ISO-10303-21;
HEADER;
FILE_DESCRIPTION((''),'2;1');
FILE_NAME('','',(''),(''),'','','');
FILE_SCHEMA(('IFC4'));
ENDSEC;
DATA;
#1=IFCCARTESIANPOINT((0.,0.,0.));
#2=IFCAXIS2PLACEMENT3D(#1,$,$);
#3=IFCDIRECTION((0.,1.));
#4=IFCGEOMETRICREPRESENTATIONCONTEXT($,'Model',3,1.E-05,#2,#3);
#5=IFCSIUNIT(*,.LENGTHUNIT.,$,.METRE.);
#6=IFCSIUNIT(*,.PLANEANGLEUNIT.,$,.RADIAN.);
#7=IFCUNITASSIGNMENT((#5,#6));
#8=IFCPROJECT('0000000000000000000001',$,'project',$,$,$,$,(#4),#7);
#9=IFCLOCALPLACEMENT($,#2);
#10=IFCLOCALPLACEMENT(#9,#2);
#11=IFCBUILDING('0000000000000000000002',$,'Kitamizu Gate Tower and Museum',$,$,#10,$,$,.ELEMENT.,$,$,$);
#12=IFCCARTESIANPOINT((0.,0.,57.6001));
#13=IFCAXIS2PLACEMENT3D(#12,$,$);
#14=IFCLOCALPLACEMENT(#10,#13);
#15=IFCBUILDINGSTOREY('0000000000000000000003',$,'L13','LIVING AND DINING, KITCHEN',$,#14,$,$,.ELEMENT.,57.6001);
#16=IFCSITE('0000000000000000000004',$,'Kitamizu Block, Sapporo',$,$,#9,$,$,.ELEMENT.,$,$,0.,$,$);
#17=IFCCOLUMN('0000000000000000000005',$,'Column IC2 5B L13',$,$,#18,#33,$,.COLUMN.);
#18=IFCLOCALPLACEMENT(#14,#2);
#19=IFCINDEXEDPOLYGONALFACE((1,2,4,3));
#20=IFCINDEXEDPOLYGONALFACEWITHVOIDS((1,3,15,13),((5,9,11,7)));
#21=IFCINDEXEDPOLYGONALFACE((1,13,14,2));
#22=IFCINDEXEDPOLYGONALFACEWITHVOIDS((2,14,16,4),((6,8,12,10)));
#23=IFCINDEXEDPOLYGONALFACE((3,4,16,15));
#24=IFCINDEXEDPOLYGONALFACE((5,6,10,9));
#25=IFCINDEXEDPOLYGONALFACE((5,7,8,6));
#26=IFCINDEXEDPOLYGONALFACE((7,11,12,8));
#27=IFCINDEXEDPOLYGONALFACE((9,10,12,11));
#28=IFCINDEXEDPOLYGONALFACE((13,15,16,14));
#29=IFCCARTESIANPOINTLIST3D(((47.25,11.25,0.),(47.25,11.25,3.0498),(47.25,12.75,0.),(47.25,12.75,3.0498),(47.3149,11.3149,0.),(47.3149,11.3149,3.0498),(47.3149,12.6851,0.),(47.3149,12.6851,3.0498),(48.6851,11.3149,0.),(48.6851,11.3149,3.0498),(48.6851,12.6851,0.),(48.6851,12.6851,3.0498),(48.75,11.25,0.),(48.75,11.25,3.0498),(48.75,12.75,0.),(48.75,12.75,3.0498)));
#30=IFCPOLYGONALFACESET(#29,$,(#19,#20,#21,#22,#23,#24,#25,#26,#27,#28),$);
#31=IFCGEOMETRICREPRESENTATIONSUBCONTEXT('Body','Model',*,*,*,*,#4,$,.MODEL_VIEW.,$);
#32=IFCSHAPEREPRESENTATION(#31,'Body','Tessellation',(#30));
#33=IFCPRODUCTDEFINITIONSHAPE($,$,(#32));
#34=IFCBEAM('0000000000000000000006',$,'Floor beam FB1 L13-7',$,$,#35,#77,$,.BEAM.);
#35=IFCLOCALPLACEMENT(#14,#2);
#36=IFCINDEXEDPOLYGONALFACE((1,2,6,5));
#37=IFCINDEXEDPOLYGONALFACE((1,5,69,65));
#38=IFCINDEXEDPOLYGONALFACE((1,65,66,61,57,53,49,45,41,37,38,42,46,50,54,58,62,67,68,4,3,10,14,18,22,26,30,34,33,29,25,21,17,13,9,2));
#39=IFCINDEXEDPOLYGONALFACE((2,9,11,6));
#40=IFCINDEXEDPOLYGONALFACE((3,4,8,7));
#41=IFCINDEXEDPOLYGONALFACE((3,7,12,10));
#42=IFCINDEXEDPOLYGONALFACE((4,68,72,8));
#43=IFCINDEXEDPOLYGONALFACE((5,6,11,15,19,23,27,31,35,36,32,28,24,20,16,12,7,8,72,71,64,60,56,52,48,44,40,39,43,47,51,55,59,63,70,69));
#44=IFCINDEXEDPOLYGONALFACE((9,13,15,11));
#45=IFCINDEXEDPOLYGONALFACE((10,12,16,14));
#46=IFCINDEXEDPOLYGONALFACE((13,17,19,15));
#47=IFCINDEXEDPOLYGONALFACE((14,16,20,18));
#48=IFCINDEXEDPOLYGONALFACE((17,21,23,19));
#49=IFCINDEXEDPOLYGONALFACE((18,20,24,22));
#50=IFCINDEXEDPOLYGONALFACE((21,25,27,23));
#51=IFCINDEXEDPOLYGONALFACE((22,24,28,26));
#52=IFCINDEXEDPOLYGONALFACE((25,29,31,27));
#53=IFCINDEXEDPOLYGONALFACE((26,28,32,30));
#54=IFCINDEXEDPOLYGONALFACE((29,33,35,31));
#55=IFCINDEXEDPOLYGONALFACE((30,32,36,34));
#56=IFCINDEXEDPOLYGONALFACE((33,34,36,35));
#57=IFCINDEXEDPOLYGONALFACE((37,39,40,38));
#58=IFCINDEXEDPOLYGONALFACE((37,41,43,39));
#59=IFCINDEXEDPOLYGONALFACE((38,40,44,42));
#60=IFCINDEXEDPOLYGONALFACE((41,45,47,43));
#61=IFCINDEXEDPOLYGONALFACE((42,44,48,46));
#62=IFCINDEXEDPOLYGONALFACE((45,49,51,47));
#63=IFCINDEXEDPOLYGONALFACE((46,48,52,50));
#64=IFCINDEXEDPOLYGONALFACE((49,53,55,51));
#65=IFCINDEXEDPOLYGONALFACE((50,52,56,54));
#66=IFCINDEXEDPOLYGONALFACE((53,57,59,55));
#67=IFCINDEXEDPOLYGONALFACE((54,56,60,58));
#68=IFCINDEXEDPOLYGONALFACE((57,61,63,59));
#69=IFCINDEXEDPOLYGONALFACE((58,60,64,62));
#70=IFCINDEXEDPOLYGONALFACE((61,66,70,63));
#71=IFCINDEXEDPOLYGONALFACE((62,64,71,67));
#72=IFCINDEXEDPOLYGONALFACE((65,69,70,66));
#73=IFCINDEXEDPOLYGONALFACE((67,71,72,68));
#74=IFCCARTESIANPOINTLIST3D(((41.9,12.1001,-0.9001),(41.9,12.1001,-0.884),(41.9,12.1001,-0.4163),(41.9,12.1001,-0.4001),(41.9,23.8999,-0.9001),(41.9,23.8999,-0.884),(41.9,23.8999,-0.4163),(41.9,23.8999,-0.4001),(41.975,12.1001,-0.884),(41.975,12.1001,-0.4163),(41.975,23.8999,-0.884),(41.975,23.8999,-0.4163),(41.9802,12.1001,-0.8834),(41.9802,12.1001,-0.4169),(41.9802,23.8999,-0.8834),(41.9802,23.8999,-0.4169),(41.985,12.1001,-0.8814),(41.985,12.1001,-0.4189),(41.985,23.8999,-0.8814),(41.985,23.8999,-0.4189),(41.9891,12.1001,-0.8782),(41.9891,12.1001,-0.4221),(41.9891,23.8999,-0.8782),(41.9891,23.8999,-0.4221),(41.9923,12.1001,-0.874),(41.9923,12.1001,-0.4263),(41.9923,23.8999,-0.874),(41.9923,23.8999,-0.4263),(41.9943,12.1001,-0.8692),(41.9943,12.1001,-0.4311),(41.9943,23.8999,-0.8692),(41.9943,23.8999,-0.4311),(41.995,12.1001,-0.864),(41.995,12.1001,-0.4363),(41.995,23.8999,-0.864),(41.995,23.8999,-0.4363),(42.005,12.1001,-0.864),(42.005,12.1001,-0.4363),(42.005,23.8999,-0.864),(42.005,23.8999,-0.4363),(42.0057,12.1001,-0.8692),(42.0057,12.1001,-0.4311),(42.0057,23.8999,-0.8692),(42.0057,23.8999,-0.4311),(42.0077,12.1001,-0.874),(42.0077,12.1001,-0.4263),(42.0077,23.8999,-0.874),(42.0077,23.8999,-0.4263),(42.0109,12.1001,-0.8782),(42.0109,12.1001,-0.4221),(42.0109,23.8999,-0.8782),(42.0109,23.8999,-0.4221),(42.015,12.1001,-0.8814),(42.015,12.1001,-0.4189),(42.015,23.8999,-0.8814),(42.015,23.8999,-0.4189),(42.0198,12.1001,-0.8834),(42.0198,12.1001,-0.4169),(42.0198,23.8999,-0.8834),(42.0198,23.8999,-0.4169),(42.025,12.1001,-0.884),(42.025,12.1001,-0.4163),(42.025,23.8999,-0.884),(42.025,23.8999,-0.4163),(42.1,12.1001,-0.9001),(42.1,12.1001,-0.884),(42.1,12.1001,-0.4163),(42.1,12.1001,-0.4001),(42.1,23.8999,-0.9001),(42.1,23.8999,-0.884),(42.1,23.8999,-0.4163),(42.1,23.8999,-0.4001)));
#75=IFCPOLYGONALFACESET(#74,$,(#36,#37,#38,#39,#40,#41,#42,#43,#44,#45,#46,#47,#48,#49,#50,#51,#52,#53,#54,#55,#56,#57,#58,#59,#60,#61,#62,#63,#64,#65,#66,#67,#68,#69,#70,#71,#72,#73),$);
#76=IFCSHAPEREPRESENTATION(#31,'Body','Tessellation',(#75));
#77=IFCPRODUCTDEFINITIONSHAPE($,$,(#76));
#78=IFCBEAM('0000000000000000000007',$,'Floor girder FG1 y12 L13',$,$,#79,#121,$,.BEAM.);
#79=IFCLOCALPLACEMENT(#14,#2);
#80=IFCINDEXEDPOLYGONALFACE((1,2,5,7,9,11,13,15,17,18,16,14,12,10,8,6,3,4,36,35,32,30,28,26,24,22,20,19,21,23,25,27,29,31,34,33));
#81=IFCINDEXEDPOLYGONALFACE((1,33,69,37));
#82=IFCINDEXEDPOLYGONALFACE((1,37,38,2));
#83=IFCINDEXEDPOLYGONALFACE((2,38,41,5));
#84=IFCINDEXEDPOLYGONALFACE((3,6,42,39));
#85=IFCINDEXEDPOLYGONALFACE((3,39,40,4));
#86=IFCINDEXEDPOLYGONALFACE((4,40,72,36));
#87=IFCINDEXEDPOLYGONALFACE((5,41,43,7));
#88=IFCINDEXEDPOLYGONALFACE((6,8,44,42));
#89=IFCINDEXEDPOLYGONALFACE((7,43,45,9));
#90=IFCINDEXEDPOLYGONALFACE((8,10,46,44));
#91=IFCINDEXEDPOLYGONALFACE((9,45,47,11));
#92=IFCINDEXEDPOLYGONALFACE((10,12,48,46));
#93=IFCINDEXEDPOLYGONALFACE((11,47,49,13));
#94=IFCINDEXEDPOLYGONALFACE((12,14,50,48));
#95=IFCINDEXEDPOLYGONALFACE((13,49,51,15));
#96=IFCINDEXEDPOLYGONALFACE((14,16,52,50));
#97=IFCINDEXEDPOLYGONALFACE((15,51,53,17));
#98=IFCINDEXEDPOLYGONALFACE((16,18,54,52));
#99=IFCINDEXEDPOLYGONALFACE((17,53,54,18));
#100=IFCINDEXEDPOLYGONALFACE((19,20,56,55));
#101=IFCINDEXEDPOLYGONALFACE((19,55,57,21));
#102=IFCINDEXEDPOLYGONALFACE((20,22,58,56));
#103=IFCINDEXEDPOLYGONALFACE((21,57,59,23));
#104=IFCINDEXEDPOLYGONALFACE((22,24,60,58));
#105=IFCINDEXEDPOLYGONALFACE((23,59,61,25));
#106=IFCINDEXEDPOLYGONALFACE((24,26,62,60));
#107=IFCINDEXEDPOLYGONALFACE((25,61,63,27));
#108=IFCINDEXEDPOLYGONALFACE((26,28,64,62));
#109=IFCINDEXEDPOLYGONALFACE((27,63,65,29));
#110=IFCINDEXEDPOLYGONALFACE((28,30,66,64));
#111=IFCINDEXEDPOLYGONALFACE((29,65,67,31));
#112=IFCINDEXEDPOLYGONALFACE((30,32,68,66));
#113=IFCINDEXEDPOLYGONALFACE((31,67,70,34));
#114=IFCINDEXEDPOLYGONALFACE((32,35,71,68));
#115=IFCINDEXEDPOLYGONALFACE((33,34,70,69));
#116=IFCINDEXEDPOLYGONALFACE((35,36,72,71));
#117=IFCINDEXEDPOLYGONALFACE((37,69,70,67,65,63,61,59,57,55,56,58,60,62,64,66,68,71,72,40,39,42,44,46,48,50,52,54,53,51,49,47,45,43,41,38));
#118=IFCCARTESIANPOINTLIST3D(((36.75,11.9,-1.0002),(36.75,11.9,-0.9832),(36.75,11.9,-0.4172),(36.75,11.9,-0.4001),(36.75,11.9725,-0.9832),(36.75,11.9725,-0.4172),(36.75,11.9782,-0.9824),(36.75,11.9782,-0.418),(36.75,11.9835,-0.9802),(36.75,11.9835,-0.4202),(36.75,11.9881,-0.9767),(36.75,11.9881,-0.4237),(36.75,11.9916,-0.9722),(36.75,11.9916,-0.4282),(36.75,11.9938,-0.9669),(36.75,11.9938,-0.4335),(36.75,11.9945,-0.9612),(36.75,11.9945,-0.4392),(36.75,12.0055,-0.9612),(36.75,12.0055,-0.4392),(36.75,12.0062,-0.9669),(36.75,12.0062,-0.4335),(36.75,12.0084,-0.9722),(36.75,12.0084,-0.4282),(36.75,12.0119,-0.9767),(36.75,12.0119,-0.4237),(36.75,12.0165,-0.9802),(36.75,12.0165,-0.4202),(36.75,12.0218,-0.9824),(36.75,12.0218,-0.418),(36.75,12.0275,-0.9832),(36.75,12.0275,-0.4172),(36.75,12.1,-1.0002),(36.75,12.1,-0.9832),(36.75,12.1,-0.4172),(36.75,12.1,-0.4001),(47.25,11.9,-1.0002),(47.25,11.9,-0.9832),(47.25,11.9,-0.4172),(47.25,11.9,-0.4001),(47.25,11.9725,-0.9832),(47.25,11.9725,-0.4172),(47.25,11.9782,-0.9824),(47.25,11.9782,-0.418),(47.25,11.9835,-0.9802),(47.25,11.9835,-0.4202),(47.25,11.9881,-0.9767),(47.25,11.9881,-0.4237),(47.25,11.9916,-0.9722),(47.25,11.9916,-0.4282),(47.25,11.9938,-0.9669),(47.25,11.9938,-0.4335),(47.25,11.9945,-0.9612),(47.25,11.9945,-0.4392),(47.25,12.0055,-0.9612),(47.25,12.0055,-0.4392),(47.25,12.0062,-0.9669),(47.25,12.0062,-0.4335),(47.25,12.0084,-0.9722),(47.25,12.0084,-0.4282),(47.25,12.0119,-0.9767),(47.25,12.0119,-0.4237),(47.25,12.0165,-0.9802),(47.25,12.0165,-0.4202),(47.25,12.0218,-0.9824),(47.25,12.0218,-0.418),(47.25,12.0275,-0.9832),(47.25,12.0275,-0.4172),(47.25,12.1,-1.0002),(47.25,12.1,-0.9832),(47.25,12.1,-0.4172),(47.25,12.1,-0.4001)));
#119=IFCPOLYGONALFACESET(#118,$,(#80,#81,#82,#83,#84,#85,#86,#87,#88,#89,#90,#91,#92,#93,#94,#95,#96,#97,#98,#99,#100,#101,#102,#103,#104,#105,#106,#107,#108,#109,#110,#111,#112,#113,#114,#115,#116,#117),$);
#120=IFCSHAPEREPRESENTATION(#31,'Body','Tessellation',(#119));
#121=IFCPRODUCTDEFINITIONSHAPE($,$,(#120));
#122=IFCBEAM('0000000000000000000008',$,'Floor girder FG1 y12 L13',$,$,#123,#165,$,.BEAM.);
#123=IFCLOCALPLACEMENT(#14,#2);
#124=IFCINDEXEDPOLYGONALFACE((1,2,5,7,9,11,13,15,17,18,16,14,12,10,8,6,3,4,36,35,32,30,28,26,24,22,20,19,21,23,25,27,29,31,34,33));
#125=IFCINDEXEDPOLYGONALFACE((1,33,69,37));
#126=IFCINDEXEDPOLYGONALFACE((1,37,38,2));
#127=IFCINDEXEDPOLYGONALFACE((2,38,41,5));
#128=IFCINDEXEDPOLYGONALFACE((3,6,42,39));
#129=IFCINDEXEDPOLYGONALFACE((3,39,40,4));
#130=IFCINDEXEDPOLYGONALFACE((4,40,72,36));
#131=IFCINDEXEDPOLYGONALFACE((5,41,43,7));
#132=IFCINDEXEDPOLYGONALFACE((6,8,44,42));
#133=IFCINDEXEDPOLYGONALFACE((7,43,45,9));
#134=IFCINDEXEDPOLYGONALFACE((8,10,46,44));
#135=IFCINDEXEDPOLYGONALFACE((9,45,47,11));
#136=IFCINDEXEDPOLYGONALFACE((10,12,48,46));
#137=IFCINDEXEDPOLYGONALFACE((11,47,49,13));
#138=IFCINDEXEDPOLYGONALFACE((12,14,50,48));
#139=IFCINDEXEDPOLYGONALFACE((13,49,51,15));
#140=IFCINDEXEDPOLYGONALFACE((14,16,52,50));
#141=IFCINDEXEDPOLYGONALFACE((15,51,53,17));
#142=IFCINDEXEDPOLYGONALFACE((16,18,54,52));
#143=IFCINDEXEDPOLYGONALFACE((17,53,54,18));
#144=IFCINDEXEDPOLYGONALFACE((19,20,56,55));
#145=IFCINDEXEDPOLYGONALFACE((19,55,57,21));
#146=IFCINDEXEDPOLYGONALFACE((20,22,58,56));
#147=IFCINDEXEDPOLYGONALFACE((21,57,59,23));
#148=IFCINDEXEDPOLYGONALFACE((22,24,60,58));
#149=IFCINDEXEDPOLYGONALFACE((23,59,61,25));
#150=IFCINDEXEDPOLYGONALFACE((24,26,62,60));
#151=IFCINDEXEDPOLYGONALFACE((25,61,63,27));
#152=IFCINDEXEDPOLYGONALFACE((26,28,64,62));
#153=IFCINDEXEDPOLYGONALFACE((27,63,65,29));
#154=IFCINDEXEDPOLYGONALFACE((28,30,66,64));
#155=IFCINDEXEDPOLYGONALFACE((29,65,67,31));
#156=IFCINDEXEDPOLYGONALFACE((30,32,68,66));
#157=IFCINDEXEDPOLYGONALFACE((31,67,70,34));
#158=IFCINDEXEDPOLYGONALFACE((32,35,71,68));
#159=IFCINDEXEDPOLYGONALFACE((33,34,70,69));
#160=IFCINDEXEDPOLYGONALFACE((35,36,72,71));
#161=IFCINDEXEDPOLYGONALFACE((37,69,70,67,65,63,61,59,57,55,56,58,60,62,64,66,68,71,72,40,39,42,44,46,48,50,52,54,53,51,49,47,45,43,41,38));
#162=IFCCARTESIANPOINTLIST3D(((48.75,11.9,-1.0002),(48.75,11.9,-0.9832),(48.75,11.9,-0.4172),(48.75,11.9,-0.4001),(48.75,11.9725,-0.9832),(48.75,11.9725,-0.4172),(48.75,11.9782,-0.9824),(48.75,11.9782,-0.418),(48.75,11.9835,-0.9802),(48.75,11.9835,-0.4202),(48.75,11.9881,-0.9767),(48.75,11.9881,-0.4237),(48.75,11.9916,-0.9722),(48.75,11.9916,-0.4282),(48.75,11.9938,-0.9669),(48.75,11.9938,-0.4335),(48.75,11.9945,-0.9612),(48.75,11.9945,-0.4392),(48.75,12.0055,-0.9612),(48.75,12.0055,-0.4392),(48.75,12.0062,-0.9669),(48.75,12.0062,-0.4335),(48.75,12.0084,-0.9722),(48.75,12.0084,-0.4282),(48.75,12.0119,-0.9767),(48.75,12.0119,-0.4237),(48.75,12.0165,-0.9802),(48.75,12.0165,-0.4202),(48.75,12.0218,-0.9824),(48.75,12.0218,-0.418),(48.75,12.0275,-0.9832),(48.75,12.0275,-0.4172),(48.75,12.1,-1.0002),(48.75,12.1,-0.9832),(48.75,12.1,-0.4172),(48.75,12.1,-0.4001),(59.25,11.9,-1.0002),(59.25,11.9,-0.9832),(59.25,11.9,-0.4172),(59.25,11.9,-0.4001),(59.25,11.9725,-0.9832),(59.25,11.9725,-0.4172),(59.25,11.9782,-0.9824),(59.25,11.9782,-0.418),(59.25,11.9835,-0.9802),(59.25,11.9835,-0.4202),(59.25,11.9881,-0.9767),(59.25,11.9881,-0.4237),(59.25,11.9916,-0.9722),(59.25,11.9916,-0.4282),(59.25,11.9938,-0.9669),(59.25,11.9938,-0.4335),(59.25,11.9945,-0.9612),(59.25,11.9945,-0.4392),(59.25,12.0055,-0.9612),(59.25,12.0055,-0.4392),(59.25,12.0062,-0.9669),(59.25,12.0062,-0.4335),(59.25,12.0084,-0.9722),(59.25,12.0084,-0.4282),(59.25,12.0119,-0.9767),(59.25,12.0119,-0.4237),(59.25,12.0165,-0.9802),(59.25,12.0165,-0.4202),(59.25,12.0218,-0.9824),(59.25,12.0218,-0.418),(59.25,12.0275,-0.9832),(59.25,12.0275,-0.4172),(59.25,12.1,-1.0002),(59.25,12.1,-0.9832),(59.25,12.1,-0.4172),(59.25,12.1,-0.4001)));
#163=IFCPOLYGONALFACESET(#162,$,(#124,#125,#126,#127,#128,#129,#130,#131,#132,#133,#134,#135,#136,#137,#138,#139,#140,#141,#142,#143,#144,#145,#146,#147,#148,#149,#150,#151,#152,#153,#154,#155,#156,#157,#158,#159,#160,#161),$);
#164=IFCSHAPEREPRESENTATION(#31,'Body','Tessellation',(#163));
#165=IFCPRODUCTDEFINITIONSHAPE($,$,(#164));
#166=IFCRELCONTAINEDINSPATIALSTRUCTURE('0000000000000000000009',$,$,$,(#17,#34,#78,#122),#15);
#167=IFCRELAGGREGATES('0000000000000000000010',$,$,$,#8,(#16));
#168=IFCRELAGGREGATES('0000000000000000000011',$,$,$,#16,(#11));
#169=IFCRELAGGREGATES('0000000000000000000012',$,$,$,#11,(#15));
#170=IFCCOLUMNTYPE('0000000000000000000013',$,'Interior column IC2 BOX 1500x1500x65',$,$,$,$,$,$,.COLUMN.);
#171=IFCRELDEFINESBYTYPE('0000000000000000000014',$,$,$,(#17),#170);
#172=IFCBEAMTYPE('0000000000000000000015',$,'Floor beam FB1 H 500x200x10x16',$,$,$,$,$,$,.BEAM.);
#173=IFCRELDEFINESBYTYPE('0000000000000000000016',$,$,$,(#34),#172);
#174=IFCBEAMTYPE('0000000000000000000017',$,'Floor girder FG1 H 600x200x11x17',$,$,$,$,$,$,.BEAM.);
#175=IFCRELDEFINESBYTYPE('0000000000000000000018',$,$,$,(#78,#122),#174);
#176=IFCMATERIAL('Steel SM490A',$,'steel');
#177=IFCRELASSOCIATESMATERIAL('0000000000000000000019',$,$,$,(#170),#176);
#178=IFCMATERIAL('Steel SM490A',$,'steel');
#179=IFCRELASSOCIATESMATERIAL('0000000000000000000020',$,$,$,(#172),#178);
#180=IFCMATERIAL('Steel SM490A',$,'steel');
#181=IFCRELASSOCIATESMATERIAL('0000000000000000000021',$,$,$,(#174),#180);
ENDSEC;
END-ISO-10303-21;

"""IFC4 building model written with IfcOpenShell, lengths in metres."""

from ifc_helpers import new_model, si_unit, direction, frame, origin, origin_2d, place, context, subcontext, project, spatial, hollow_rectangle, i_section, extrude, material, material_profile, profile_set, type_object, element, save


model = new_model("IFC4")

# Units and contexts
model_context = context("Model", 3, precision=1e-05, world=origin(), true_north=direction((0.0, 1.0)))
body_context = subcontext(model_context, "Body", "Model", "MODEL_VIEW")
ifc_project = project(units=[si_unit("LENGTHUNIT", "METRE"), si_unit("PLANEANGLEUNIT", "RADIAN")], contexts=[model_context])

# Site, building, storey
site_placement = place(None, origin())
site = spatial("IfcSite", under=ifc_project, at=site_placement, Name="Kitamizu Block, Sapporo", CompositionType="ELEMENT", RefElevation=0.0)
building_placement = place(site_placement, origin())
building = spatial("IfcBuilding", under=site, at=building_placement, Name="Kitamizu Gate Tower and Museum", CompositionType="ELEMENT")
storey_placement = place(building_placement, frame((0.0, 0.0, 57.6001)))
storey = spatial("IfcBuildingStorey", under=building, at=storey_placement, Name="L13", Description="LIVING AND DINING, KITCHEN", CompositionType="ELEMENT", Elevation=57.6001)

# Column
ifc_material_1 = material(Name="Steel SM490A", Category="steel")
ifc_material_profile_1 = material_profile(ifc_material_1, hollow_rectangle(XDim=1.5, YDim=1.5, WallThickness=0.0649, at=origin_2d()), Name="BOX 1500x1500x65")
ifc_profile_set_1 = profile_set([ifc_material_profile_1], Name="Steel SM490A")
column_type = type_object("IfcColumnType", Name="Interior column IC2 BOX 1500x1500x65", PredefinedType="COLUMN", material=ifc_profile_set_1)
column_placement = place(storey_placement, frame((48.0, 12.0, 0.0), z_axis=(0.0, 0.0, 1.0), x_axis=(1.0, 0.0, 0.0)))
element("IfcColumn", 1, at=column_placement, inside=storey, type_object=column_type, Name="Column IC2 5B L13", PredefinedType="COLUMN", context=body_context, shape_type="SweptSolid", body=[
    extrude(hollow_rectangle(XDim=1.5, YDim=1.5, WallThickness=0.0649, at=origin_2d()), origin(), (0.0, 0.0, 1.0), 3.0498),
])

# Beams
ifc_material_2 = material(Name="Steel SM490A", Category="steel")
ifc_material_profile_2 = material_profile(ifc_material_2, i_section(OverallWidth=0.2, OverallDepth=0.5, WebThickness=0.01, FlangeThickness=0.0161, FilletRadius=0.02, at=origin_2d()), Name="H-500x200x10x16")
ifc_profile_set_2 = profile_set([ifc_material_profile_2], Name="Steel SM490A")
beam_type_1 = type_object("IfcBeamType", Name="Floor beam FB1 H 500x200x10x16", PredefinedType="BEAM", material=ifc_profile_set_2)
beam_placement = place(storey_placement, frame((42.0, 12.1001, -0.6501), z_axis=(0.0, 1.0, 0.0), x_axis=(-1.0, 0.0, 0.0)))
element("IfcBeam", 2, at=beam_placement, inside=storey, type_object=beam_type_1, Name="Floor beam FB1 L13-7", PredefinedType="BEAM", context=body_context, shape_type="SweptSolid", body=[
    extrude(i_section(OverallWidth=0.2, OverallDepth=0.5, WebThickness=0.01, FlangeThickness=0.0161, FilletRadius=0.02, at=origin_2d()), origin(), (0.0, 0.0, 1.0), 11.7998),
])
ifc_material_3 = material(Name="Steel SM490A", Category="steel")
ifc_material_profile_3 = material_profile(ifc_material_3, i_section(OverallWidth=0.2, OverallDepth=0.6001, WebThickness=0.011, FlangeThickness=0.0171, FilletRadius=0.022, at=origin_2d()), Name="H-600x200x11x17")
ifc_profile_set_3 = profile_set([ifc_material_profile_3], Name="Steel SM490A")
beam_type_2 = type_object("IfcBeamType", Name="Floor girder FG1 H 600x200x11x17", PredefinedType="BEAM", material=ifc_profile_set_3)
for number, where, z_axis, x_axis, name in (
    (3, (36.75, 12.0, -0.7002), (1.0, 0.0, 0.0), (0.0, 1.0, 0.0), "Floor girder FG1 y12 L13"),
    (4, (48.75, 12.0, -0.7002), (1.0, 0.0, 0.0), (0.0, 1.0, 0.0), "Floor girder FG1 y12 L13"),
):
    element("IfcBeam", number, at=place(storey_placement, frame(where, z_axis=z_axis, x_axis=x_axis)), inside=storey, type_object=beam_type_2, Name=name, PredefinedType="BEAM", context=body_context, shape_type="SweptSolid", body=[
        extrude(i_section(OverallWidth=0.2, OverallDepth=0.6001, WebThickness=0.011, FlangeThickness=0.0171, FilletRadius=0.022, at=origin_2d()), origin(), (0.0, 0.0, 1.0), 10.5),
    ])

save(model, "model.ifc")
